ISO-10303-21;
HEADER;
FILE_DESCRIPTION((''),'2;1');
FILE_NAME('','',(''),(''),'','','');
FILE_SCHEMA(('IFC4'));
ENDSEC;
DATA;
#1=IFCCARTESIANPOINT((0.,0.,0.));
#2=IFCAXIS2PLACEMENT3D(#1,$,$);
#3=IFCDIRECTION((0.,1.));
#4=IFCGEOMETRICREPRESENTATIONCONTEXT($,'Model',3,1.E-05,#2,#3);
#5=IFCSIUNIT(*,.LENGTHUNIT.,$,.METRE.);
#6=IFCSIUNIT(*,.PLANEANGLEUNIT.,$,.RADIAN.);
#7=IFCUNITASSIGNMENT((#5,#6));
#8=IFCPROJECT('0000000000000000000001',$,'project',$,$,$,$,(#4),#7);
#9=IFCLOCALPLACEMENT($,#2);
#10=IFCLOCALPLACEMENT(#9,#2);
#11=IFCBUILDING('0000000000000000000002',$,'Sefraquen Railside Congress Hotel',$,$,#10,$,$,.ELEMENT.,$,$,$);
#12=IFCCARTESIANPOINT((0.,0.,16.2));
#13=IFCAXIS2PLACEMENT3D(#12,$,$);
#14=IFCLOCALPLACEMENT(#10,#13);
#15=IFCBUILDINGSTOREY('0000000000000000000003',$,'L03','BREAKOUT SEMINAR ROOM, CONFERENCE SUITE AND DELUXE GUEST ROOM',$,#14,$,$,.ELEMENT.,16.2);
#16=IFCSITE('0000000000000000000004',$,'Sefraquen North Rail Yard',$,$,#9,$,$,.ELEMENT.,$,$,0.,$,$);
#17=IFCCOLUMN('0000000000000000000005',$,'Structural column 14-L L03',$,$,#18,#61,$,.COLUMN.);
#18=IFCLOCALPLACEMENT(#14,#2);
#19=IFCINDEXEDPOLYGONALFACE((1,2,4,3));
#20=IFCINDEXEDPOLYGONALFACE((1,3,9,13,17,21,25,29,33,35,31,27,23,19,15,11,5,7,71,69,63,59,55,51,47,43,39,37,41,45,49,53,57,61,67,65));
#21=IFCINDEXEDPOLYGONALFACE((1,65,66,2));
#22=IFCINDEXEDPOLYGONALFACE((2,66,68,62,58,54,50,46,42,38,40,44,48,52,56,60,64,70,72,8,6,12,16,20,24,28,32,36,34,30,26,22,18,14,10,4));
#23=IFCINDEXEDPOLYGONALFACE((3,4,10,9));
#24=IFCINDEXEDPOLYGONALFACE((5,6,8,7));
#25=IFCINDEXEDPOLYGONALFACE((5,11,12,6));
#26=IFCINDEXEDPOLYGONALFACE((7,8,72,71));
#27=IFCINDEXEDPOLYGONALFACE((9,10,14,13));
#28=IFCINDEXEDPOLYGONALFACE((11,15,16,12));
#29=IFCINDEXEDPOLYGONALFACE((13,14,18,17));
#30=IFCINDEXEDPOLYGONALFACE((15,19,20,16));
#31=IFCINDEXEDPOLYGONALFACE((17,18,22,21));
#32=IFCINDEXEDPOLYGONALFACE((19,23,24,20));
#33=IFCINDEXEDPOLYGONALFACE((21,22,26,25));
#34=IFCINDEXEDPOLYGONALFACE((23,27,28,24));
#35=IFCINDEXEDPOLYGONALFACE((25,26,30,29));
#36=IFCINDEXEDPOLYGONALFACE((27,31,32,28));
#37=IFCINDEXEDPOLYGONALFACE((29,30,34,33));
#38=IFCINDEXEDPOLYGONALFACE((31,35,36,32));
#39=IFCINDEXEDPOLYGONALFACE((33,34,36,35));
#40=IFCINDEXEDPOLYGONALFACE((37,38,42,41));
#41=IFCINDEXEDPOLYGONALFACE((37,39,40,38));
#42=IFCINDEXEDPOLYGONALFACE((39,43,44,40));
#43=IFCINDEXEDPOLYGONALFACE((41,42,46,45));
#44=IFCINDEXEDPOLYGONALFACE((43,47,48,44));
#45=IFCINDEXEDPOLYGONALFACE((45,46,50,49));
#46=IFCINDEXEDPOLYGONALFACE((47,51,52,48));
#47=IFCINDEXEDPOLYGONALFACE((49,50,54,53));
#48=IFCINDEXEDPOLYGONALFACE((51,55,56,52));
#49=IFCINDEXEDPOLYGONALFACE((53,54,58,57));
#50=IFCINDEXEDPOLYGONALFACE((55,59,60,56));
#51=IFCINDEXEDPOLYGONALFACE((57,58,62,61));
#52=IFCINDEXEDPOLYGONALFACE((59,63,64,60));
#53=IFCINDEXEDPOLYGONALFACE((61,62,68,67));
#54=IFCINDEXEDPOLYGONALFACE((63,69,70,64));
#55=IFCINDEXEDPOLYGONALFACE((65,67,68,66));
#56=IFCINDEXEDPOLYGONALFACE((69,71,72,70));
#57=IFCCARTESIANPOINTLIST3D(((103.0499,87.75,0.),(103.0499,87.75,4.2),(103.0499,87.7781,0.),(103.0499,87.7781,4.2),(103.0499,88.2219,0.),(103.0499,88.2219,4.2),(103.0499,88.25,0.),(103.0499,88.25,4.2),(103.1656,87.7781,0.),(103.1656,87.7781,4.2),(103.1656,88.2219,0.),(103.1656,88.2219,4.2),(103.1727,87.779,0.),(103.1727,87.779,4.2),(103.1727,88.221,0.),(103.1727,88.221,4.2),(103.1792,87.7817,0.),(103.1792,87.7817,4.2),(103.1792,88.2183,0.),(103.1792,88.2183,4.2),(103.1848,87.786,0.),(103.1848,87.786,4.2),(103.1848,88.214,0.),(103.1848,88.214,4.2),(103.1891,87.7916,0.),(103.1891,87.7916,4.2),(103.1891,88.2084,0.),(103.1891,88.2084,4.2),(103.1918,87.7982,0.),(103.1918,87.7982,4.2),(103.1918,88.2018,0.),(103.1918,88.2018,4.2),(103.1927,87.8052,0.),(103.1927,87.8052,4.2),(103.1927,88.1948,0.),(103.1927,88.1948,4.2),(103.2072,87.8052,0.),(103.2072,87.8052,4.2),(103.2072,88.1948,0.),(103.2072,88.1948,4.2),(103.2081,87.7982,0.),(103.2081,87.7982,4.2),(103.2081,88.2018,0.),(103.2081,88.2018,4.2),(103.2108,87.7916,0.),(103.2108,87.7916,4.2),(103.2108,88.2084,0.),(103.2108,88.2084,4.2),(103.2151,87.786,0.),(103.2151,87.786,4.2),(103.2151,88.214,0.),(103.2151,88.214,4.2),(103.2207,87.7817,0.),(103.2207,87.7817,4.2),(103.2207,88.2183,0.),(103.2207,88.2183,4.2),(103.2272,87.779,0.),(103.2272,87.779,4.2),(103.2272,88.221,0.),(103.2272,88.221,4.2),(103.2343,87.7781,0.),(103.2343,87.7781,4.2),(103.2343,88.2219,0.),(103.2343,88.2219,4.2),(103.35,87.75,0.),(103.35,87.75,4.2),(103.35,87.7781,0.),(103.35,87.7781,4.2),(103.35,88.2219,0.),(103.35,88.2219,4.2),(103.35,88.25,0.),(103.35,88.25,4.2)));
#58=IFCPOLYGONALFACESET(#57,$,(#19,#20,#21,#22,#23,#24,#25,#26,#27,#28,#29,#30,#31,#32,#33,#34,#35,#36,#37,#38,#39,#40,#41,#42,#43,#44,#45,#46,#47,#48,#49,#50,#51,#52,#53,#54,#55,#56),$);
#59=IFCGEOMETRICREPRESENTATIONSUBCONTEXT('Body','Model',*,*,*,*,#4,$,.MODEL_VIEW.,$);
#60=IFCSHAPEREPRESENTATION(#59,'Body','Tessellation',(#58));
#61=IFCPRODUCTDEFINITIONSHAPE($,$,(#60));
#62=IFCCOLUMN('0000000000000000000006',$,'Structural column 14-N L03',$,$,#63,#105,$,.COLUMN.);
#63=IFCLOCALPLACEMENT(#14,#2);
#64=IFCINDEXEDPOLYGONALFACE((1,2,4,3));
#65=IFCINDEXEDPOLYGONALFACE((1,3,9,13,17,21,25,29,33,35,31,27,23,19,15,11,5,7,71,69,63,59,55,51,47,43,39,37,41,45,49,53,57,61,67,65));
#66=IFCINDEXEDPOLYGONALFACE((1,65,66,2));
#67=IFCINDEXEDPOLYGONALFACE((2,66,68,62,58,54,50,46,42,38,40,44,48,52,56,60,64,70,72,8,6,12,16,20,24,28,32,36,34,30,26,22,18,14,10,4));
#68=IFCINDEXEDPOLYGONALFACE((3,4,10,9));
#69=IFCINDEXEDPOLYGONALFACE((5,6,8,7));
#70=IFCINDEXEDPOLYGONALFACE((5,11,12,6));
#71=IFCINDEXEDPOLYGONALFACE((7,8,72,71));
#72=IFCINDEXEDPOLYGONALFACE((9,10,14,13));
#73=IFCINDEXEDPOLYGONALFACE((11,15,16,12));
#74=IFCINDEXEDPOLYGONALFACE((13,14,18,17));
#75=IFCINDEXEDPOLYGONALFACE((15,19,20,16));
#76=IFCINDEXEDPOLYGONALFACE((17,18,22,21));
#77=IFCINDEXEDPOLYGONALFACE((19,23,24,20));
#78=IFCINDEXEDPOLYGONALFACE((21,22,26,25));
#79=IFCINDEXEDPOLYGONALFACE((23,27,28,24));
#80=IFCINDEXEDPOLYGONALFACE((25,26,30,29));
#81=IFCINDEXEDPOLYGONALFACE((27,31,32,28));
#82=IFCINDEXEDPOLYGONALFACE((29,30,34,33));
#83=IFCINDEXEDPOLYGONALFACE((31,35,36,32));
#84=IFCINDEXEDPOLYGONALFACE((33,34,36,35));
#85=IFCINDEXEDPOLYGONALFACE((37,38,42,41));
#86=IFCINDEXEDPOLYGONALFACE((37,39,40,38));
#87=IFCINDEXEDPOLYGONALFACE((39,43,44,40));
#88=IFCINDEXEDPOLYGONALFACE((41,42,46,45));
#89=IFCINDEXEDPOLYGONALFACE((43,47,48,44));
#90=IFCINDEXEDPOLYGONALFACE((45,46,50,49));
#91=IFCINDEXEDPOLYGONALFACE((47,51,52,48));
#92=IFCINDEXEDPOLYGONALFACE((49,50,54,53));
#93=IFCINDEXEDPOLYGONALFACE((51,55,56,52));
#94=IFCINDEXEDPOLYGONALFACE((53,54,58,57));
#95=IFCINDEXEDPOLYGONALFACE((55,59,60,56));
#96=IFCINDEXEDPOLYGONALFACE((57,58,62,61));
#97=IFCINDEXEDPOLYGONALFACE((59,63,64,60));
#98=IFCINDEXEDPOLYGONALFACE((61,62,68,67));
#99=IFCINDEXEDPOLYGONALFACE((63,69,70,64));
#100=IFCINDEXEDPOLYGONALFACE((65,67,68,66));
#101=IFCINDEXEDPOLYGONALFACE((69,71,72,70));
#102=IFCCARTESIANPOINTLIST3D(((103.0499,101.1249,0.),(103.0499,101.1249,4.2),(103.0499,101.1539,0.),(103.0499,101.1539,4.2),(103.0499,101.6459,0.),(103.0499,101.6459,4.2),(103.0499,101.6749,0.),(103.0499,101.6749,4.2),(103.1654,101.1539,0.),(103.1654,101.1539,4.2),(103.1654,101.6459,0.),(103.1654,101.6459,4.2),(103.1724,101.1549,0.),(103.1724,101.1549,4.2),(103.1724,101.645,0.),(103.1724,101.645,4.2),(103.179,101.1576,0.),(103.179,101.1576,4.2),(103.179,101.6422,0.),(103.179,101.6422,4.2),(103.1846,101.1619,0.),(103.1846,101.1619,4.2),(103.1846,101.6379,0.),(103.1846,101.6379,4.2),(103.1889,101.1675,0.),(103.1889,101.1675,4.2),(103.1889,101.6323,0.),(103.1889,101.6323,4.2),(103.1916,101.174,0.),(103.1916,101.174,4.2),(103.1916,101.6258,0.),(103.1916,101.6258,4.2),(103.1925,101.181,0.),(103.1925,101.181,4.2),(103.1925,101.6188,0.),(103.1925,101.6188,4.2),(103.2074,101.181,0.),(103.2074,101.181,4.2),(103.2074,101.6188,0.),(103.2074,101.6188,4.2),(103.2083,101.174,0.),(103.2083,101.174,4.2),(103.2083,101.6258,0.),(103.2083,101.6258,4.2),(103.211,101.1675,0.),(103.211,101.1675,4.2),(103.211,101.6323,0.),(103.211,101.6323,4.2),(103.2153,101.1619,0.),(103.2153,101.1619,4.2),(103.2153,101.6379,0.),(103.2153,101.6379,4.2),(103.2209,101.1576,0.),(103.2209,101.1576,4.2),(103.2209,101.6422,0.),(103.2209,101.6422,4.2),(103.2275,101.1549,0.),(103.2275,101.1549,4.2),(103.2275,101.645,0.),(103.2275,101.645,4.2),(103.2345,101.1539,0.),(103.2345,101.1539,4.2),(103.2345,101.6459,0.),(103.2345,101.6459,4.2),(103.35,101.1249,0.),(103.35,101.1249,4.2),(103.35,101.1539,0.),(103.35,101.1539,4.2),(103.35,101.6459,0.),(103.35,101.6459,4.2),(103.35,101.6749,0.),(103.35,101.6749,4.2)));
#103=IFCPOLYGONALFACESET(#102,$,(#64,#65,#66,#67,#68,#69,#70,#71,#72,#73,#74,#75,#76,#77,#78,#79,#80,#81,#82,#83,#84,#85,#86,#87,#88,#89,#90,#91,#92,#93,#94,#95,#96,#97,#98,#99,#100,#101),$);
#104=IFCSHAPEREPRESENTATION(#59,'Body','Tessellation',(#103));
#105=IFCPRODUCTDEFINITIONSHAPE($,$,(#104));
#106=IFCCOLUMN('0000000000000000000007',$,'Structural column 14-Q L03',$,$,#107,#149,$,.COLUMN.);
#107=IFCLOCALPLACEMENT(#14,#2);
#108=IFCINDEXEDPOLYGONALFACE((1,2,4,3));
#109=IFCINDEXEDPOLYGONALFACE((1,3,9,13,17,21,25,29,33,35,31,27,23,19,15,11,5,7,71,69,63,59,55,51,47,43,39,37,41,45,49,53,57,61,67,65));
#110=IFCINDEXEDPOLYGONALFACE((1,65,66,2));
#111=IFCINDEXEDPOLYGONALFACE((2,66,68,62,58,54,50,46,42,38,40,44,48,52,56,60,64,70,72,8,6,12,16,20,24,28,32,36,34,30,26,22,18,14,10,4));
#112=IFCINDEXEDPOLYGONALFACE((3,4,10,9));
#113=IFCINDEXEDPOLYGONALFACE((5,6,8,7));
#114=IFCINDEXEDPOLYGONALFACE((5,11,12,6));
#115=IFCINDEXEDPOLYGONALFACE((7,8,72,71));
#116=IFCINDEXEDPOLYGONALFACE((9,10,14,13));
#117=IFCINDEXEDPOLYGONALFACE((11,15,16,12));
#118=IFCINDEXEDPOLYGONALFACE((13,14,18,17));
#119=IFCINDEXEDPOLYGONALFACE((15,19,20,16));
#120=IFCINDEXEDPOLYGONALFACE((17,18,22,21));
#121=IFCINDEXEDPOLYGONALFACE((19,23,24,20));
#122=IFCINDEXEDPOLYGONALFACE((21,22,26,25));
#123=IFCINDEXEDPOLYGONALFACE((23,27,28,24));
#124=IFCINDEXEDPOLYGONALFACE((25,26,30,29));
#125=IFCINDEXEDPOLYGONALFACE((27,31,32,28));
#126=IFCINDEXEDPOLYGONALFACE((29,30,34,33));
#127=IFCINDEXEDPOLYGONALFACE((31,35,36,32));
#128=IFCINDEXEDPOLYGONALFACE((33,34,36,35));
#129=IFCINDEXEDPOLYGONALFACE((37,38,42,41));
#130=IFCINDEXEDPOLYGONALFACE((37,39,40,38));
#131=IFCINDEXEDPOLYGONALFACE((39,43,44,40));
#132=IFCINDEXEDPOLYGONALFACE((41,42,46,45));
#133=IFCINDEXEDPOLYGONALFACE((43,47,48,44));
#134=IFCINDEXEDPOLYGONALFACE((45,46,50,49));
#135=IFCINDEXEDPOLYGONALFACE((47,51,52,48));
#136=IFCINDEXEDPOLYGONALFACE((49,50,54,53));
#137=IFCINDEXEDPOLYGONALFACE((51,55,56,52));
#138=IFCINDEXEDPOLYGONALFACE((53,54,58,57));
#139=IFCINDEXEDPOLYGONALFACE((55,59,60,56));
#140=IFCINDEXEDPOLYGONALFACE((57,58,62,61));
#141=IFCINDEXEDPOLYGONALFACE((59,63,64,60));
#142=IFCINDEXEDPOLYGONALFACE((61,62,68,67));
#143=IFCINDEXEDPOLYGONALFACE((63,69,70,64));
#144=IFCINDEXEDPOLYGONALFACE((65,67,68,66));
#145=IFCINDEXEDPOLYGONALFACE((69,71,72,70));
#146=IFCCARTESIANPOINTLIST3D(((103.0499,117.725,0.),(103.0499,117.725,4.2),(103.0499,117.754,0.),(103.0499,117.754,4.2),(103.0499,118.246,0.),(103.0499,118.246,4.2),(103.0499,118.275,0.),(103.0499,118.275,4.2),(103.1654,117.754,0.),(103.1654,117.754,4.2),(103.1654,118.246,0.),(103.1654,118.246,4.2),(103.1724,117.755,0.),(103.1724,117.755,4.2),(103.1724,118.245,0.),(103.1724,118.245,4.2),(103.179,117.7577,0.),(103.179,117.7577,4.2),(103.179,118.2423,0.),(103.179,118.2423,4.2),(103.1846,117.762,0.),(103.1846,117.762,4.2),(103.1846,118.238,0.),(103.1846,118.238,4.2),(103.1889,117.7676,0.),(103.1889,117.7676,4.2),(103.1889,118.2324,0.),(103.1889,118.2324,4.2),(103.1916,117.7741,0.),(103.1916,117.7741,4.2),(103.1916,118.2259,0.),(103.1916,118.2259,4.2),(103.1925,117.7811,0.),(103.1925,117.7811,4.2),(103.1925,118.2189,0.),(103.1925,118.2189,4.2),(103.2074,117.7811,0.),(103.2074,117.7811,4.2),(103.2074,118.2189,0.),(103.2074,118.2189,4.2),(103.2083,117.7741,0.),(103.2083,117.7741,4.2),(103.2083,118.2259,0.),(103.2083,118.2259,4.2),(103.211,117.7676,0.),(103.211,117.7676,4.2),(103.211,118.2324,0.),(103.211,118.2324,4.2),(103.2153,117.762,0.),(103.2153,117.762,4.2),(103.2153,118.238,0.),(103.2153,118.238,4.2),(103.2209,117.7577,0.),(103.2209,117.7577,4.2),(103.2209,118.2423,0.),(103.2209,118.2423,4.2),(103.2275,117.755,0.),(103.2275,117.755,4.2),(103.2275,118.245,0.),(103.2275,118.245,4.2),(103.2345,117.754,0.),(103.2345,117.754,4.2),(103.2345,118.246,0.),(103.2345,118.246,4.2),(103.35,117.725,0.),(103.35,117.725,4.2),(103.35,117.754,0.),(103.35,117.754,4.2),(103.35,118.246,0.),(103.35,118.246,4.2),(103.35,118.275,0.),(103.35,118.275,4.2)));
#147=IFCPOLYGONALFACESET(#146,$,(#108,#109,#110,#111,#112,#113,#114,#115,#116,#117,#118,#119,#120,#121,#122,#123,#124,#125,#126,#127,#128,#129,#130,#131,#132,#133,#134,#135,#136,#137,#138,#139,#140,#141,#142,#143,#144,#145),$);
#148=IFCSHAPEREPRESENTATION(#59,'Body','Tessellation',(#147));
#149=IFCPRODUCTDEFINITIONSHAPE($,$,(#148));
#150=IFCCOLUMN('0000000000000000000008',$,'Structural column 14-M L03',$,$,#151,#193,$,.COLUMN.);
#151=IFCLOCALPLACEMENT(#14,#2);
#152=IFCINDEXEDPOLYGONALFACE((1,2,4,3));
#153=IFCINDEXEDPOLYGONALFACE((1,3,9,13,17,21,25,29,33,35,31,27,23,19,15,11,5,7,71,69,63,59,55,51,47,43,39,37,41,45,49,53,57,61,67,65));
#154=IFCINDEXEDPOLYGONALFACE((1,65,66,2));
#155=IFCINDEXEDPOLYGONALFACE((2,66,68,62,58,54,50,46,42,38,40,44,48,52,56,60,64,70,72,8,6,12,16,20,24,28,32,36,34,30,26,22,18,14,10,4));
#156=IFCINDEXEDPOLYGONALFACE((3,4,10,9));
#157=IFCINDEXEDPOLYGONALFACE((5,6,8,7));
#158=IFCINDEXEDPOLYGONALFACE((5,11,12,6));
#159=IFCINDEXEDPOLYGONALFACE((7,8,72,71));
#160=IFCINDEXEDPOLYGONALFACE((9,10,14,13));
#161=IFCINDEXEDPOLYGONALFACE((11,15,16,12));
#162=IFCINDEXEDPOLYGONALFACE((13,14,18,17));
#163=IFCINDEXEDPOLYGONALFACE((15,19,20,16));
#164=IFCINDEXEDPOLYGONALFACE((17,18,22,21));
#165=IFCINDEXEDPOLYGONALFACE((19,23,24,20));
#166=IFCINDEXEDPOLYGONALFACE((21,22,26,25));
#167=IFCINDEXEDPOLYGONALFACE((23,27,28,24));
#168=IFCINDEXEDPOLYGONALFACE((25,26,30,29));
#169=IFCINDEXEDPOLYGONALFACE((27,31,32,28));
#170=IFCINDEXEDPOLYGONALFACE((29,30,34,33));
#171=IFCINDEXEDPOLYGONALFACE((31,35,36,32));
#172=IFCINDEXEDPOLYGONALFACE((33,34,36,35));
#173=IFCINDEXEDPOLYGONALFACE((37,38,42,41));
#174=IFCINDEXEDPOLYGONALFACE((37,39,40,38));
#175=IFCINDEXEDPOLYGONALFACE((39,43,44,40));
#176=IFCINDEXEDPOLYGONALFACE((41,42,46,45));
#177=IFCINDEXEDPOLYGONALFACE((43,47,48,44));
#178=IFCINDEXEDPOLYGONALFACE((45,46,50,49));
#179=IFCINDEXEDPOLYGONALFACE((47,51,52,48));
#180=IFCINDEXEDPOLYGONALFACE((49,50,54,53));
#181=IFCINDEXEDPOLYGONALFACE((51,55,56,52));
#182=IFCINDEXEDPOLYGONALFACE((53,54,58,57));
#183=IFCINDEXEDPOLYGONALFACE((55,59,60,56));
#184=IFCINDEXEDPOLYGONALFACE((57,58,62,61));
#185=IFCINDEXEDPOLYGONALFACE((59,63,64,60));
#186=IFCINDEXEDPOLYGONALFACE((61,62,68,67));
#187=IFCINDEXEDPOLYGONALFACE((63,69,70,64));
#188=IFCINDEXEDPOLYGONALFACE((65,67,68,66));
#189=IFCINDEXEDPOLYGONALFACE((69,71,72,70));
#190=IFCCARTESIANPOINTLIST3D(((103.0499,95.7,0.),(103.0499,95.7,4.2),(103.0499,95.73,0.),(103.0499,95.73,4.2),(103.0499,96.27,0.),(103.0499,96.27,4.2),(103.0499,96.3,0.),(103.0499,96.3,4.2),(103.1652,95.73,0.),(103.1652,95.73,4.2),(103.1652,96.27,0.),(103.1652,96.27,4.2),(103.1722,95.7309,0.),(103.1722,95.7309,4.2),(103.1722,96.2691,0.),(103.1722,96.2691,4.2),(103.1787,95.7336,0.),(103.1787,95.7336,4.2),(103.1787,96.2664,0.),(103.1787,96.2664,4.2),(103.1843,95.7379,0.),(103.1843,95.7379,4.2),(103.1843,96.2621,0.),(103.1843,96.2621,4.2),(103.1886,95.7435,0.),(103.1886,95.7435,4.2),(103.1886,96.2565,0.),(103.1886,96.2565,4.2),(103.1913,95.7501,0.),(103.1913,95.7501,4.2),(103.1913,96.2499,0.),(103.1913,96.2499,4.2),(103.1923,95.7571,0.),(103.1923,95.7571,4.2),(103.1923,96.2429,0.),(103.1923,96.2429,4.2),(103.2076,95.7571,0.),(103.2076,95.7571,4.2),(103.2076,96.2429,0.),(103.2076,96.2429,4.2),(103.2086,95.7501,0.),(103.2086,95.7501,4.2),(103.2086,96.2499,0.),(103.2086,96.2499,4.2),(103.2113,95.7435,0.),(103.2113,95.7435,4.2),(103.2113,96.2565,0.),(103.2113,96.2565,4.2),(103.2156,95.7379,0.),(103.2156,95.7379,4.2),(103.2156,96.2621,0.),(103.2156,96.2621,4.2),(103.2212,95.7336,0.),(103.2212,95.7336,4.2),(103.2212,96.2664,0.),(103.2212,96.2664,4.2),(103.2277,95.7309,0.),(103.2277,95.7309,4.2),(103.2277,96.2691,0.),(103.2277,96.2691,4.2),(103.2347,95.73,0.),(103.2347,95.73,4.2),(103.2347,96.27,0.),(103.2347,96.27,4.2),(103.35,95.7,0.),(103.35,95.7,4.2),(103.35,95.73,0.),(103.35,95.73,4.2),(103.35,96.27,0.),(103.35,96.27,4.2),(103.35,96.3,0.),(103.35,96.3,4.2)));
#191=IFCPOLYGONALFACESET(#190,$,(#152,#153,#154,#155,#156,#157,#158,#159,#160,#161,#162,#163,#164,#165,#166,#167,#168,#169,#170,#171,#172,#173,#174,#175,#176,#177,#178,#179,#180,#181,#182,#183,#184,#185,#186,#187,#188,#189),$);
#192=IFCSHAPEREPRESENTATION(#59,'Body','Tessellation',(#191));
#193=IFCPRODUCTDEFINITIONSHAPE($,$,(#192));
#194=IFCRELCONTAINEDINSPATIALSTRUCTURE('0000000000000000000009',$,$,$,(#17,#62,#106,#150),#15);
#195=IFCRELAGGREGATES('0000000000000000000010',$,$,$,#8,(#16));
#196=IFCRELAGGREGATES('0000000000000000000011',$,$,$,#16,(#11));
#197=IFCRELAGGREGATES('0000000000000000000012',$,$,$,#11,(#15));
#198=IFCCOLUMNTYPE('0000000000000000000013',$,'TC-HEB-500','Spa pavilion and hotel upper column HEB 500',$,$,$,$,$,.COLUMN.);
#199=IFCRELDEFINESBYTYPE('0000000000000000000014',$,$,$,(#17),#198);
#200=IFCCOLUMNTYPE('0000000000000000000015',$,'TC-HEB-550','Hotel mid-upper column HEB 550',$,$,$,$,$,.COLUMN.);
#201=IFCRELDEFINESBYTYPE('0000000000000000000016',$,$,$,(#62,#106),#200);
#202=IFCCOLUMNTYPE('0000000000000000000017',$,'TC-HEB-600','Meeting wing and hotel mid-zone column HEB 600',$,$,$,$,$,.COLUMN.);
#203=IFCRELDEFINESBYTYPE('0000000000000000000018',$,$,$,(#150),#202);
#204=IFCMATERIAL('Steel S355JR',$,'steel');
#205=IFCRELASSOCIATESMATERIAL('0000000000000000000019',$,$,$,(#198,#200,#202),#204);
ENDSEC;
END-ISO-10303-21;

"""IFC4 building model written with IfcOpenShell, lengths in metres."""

from ifc_helpers import new_model, si_unit, direction, frame, origin, origin_2d, place, context, subcontext, project, spatial, i_section, extrude, material, material_profile, profile_set, type_object, element, save


model = new_model("IFC4")

# Units and contexts
model_context = context("Model", 3, precision=1e-05, world=origin(), true_north=direction((0.0, 1.0)))
body_context = subcontext(model_context, "Body", "Model", "MODEL_VIEW")
ifc_project = project(units=[si_unit("LENGTHUNIT", "METRE"), si_unit("PLANEANGLEUNIT", "RADIAN")], contexts=[model_context])

# Site, building, storey
site_placement = place(None, origin())
site = spatial("IfcSite", under=ifc_project, at=site_placement, Name="Sefraquen North Rail Yard", CompositionType="ELEMENT", RefElevation=0.0)
building_placement = place(site_placement, origin())
building = spatial("IfcBuilding", under=site, at=building_placement, Name="Sefraquen Railside Congress Hotel", CompositionType="ELEMENT")
storey_placement = place(building_placement, frame((0.0, 0.0, 16.2)))
storey = spatial("IfcBuildingStorey", under=building, at=storey_placement, Name="L03", Description="BREAKOUT SEMINAR ROOM, CONFERENCE SUITE AND DELUXE GUEST ROOM", CompositionType="ELEMENT", Elevation=16.2)

# Columns
ifc_material_1 = material(Name="Steel S355JR", Category="steel")
ifc_material_profile_1 = material_profile(ifc_material_1, i_section(OverallWidth=0.3, OverallDepth=0.5, WebThickness=0.0144, FlangeThickness=0.0281, FilletRadius=0.0271, at=origin_2d()), Name="HEB 500")
ifc_profile_set_1 = profile_set([ifc_material_profile_1], Name="Steel S355JR")
column_type_1 = type_object("IfcColumnType", Name="TC-HEB-500", Description="Spa pavilion and hotel upper column HEB 500", PredefinedType="COLUMN", material=ifc_profile_set_1)
column_placement = place(storey_placement, frame((103.2, 88.0, 0.0), z_axis=(0.0, 0.0, 1.0), x_axis=(1.0, 0.0, 0.0)))
element("IfcColumn", 1, at=column_placement, inside=storey, type_object=column_type_1, Name="Structural column 14-L L03", PredefinedType="COLUMN", context=body_context, shape_type="SweptSolid", body=[
    extrude(i_section(OverallWidth=0.3, OverallDepth=0.5, WebThickness=0.0144, FlangeThickness=0.0281, FilletRadius=0.0271, at=origin_2d()), origin(), (0.0, 0.0, 1.0), 4.2),
])
ifc_material_profile_2 = material_profile(ifc_material_1, i_section(OverallWidth=0.3, OverallDepth=0.55, WebThickness=0.0149, FlangeThickness=0.0291, FilletRadius=0.0271, at=origin_2d()), Name="HEB 550")
ifc_profile_set_2 = profile_set([ifc_material_profile_2], Name="Steel S355JR")
column_type_2 = type_object("IfcColumnType", Name="TC-HEB-550", Description="Hotel mid-upper column HEB 550", PredefinedType="COLUMN", material=ifc_profile_set_2)
for number, where, z_axis, x_axis, name in (
    (2, (103.2, 101.3999, 0.0), (0.0, 0.0, 1.0), (1.0, 0.0, 0.0), "Structural column 14-N L03"),
    (3, (103.2, 118.0, 0.0), (0.0, 0.0, 1.0), (1.0, 0.0, 0.0), "Structural column 14-Q L03"),
):
    element("IfcColumn", number, at=place(storey_placement, frame(where, z_axis=z_axis, x_axis=x_axis)), inside=storey, type_object=column_type_2, Name=name, PredefinedType="COLUMN", context=body_context, shape_type="SweptSolid", body=[
        extrude(i_section(OverallWidth=0.3, OverallDepth=0.55, WebThickness=0.0149, FlangeThickness=0.0291, FilletRadius=0.0271, at=origin_2d()), origin(), (0.0, 0.0, 1.0), 4.2),
    ])
ifc_material_profile_3 = material_profile(ifc_material_1, i_section(OverallWidth=0.3, OverallDepth=0.6001, WebThickness=0.0154, FlangeThickness=0.03, FilletRadius=0.0271, at=origin_2d()), Name="HEB 600")
ifc_profile_set_3 = profile_set([ifc_material_profile_3], Name="Steel S355JR")
column_type_3 = type_object("IfcColumnType", Name="TC-HEB-600", Description="Meeting wing and hotel mid-zone column HEB 600", PredefinedType="COLUMN", material=ifc_profile_set_3)
for number, where, z_axis, x_axis, name in (
    (4, (103.2, 96.0, 0.0), (0.0, 0.0, 1.0), (1.0, 0.0, 0.0), "Structural column 14-M L03"),
):
    element("IfcColumn", number, at=place(storey_placement, frame(where, z_axis=z_axis, x_axis=x_axis)), inside=storey, type_object=column_type_3, Name=name, PredefinedType="COLUMN", context=body_context, shape_type="SweptSolid", body=[
        extrude(i_section(OverallWidth=0.3, OverallDepth=0.6001, WebThickness=0.0154, FlangeThickness=0.03, FilletRadius=0.0271, at=origin_2d()), origin(), (0.0, 0.0, 1.0), 4.2),
    ])

save(model, "model.ifc")
